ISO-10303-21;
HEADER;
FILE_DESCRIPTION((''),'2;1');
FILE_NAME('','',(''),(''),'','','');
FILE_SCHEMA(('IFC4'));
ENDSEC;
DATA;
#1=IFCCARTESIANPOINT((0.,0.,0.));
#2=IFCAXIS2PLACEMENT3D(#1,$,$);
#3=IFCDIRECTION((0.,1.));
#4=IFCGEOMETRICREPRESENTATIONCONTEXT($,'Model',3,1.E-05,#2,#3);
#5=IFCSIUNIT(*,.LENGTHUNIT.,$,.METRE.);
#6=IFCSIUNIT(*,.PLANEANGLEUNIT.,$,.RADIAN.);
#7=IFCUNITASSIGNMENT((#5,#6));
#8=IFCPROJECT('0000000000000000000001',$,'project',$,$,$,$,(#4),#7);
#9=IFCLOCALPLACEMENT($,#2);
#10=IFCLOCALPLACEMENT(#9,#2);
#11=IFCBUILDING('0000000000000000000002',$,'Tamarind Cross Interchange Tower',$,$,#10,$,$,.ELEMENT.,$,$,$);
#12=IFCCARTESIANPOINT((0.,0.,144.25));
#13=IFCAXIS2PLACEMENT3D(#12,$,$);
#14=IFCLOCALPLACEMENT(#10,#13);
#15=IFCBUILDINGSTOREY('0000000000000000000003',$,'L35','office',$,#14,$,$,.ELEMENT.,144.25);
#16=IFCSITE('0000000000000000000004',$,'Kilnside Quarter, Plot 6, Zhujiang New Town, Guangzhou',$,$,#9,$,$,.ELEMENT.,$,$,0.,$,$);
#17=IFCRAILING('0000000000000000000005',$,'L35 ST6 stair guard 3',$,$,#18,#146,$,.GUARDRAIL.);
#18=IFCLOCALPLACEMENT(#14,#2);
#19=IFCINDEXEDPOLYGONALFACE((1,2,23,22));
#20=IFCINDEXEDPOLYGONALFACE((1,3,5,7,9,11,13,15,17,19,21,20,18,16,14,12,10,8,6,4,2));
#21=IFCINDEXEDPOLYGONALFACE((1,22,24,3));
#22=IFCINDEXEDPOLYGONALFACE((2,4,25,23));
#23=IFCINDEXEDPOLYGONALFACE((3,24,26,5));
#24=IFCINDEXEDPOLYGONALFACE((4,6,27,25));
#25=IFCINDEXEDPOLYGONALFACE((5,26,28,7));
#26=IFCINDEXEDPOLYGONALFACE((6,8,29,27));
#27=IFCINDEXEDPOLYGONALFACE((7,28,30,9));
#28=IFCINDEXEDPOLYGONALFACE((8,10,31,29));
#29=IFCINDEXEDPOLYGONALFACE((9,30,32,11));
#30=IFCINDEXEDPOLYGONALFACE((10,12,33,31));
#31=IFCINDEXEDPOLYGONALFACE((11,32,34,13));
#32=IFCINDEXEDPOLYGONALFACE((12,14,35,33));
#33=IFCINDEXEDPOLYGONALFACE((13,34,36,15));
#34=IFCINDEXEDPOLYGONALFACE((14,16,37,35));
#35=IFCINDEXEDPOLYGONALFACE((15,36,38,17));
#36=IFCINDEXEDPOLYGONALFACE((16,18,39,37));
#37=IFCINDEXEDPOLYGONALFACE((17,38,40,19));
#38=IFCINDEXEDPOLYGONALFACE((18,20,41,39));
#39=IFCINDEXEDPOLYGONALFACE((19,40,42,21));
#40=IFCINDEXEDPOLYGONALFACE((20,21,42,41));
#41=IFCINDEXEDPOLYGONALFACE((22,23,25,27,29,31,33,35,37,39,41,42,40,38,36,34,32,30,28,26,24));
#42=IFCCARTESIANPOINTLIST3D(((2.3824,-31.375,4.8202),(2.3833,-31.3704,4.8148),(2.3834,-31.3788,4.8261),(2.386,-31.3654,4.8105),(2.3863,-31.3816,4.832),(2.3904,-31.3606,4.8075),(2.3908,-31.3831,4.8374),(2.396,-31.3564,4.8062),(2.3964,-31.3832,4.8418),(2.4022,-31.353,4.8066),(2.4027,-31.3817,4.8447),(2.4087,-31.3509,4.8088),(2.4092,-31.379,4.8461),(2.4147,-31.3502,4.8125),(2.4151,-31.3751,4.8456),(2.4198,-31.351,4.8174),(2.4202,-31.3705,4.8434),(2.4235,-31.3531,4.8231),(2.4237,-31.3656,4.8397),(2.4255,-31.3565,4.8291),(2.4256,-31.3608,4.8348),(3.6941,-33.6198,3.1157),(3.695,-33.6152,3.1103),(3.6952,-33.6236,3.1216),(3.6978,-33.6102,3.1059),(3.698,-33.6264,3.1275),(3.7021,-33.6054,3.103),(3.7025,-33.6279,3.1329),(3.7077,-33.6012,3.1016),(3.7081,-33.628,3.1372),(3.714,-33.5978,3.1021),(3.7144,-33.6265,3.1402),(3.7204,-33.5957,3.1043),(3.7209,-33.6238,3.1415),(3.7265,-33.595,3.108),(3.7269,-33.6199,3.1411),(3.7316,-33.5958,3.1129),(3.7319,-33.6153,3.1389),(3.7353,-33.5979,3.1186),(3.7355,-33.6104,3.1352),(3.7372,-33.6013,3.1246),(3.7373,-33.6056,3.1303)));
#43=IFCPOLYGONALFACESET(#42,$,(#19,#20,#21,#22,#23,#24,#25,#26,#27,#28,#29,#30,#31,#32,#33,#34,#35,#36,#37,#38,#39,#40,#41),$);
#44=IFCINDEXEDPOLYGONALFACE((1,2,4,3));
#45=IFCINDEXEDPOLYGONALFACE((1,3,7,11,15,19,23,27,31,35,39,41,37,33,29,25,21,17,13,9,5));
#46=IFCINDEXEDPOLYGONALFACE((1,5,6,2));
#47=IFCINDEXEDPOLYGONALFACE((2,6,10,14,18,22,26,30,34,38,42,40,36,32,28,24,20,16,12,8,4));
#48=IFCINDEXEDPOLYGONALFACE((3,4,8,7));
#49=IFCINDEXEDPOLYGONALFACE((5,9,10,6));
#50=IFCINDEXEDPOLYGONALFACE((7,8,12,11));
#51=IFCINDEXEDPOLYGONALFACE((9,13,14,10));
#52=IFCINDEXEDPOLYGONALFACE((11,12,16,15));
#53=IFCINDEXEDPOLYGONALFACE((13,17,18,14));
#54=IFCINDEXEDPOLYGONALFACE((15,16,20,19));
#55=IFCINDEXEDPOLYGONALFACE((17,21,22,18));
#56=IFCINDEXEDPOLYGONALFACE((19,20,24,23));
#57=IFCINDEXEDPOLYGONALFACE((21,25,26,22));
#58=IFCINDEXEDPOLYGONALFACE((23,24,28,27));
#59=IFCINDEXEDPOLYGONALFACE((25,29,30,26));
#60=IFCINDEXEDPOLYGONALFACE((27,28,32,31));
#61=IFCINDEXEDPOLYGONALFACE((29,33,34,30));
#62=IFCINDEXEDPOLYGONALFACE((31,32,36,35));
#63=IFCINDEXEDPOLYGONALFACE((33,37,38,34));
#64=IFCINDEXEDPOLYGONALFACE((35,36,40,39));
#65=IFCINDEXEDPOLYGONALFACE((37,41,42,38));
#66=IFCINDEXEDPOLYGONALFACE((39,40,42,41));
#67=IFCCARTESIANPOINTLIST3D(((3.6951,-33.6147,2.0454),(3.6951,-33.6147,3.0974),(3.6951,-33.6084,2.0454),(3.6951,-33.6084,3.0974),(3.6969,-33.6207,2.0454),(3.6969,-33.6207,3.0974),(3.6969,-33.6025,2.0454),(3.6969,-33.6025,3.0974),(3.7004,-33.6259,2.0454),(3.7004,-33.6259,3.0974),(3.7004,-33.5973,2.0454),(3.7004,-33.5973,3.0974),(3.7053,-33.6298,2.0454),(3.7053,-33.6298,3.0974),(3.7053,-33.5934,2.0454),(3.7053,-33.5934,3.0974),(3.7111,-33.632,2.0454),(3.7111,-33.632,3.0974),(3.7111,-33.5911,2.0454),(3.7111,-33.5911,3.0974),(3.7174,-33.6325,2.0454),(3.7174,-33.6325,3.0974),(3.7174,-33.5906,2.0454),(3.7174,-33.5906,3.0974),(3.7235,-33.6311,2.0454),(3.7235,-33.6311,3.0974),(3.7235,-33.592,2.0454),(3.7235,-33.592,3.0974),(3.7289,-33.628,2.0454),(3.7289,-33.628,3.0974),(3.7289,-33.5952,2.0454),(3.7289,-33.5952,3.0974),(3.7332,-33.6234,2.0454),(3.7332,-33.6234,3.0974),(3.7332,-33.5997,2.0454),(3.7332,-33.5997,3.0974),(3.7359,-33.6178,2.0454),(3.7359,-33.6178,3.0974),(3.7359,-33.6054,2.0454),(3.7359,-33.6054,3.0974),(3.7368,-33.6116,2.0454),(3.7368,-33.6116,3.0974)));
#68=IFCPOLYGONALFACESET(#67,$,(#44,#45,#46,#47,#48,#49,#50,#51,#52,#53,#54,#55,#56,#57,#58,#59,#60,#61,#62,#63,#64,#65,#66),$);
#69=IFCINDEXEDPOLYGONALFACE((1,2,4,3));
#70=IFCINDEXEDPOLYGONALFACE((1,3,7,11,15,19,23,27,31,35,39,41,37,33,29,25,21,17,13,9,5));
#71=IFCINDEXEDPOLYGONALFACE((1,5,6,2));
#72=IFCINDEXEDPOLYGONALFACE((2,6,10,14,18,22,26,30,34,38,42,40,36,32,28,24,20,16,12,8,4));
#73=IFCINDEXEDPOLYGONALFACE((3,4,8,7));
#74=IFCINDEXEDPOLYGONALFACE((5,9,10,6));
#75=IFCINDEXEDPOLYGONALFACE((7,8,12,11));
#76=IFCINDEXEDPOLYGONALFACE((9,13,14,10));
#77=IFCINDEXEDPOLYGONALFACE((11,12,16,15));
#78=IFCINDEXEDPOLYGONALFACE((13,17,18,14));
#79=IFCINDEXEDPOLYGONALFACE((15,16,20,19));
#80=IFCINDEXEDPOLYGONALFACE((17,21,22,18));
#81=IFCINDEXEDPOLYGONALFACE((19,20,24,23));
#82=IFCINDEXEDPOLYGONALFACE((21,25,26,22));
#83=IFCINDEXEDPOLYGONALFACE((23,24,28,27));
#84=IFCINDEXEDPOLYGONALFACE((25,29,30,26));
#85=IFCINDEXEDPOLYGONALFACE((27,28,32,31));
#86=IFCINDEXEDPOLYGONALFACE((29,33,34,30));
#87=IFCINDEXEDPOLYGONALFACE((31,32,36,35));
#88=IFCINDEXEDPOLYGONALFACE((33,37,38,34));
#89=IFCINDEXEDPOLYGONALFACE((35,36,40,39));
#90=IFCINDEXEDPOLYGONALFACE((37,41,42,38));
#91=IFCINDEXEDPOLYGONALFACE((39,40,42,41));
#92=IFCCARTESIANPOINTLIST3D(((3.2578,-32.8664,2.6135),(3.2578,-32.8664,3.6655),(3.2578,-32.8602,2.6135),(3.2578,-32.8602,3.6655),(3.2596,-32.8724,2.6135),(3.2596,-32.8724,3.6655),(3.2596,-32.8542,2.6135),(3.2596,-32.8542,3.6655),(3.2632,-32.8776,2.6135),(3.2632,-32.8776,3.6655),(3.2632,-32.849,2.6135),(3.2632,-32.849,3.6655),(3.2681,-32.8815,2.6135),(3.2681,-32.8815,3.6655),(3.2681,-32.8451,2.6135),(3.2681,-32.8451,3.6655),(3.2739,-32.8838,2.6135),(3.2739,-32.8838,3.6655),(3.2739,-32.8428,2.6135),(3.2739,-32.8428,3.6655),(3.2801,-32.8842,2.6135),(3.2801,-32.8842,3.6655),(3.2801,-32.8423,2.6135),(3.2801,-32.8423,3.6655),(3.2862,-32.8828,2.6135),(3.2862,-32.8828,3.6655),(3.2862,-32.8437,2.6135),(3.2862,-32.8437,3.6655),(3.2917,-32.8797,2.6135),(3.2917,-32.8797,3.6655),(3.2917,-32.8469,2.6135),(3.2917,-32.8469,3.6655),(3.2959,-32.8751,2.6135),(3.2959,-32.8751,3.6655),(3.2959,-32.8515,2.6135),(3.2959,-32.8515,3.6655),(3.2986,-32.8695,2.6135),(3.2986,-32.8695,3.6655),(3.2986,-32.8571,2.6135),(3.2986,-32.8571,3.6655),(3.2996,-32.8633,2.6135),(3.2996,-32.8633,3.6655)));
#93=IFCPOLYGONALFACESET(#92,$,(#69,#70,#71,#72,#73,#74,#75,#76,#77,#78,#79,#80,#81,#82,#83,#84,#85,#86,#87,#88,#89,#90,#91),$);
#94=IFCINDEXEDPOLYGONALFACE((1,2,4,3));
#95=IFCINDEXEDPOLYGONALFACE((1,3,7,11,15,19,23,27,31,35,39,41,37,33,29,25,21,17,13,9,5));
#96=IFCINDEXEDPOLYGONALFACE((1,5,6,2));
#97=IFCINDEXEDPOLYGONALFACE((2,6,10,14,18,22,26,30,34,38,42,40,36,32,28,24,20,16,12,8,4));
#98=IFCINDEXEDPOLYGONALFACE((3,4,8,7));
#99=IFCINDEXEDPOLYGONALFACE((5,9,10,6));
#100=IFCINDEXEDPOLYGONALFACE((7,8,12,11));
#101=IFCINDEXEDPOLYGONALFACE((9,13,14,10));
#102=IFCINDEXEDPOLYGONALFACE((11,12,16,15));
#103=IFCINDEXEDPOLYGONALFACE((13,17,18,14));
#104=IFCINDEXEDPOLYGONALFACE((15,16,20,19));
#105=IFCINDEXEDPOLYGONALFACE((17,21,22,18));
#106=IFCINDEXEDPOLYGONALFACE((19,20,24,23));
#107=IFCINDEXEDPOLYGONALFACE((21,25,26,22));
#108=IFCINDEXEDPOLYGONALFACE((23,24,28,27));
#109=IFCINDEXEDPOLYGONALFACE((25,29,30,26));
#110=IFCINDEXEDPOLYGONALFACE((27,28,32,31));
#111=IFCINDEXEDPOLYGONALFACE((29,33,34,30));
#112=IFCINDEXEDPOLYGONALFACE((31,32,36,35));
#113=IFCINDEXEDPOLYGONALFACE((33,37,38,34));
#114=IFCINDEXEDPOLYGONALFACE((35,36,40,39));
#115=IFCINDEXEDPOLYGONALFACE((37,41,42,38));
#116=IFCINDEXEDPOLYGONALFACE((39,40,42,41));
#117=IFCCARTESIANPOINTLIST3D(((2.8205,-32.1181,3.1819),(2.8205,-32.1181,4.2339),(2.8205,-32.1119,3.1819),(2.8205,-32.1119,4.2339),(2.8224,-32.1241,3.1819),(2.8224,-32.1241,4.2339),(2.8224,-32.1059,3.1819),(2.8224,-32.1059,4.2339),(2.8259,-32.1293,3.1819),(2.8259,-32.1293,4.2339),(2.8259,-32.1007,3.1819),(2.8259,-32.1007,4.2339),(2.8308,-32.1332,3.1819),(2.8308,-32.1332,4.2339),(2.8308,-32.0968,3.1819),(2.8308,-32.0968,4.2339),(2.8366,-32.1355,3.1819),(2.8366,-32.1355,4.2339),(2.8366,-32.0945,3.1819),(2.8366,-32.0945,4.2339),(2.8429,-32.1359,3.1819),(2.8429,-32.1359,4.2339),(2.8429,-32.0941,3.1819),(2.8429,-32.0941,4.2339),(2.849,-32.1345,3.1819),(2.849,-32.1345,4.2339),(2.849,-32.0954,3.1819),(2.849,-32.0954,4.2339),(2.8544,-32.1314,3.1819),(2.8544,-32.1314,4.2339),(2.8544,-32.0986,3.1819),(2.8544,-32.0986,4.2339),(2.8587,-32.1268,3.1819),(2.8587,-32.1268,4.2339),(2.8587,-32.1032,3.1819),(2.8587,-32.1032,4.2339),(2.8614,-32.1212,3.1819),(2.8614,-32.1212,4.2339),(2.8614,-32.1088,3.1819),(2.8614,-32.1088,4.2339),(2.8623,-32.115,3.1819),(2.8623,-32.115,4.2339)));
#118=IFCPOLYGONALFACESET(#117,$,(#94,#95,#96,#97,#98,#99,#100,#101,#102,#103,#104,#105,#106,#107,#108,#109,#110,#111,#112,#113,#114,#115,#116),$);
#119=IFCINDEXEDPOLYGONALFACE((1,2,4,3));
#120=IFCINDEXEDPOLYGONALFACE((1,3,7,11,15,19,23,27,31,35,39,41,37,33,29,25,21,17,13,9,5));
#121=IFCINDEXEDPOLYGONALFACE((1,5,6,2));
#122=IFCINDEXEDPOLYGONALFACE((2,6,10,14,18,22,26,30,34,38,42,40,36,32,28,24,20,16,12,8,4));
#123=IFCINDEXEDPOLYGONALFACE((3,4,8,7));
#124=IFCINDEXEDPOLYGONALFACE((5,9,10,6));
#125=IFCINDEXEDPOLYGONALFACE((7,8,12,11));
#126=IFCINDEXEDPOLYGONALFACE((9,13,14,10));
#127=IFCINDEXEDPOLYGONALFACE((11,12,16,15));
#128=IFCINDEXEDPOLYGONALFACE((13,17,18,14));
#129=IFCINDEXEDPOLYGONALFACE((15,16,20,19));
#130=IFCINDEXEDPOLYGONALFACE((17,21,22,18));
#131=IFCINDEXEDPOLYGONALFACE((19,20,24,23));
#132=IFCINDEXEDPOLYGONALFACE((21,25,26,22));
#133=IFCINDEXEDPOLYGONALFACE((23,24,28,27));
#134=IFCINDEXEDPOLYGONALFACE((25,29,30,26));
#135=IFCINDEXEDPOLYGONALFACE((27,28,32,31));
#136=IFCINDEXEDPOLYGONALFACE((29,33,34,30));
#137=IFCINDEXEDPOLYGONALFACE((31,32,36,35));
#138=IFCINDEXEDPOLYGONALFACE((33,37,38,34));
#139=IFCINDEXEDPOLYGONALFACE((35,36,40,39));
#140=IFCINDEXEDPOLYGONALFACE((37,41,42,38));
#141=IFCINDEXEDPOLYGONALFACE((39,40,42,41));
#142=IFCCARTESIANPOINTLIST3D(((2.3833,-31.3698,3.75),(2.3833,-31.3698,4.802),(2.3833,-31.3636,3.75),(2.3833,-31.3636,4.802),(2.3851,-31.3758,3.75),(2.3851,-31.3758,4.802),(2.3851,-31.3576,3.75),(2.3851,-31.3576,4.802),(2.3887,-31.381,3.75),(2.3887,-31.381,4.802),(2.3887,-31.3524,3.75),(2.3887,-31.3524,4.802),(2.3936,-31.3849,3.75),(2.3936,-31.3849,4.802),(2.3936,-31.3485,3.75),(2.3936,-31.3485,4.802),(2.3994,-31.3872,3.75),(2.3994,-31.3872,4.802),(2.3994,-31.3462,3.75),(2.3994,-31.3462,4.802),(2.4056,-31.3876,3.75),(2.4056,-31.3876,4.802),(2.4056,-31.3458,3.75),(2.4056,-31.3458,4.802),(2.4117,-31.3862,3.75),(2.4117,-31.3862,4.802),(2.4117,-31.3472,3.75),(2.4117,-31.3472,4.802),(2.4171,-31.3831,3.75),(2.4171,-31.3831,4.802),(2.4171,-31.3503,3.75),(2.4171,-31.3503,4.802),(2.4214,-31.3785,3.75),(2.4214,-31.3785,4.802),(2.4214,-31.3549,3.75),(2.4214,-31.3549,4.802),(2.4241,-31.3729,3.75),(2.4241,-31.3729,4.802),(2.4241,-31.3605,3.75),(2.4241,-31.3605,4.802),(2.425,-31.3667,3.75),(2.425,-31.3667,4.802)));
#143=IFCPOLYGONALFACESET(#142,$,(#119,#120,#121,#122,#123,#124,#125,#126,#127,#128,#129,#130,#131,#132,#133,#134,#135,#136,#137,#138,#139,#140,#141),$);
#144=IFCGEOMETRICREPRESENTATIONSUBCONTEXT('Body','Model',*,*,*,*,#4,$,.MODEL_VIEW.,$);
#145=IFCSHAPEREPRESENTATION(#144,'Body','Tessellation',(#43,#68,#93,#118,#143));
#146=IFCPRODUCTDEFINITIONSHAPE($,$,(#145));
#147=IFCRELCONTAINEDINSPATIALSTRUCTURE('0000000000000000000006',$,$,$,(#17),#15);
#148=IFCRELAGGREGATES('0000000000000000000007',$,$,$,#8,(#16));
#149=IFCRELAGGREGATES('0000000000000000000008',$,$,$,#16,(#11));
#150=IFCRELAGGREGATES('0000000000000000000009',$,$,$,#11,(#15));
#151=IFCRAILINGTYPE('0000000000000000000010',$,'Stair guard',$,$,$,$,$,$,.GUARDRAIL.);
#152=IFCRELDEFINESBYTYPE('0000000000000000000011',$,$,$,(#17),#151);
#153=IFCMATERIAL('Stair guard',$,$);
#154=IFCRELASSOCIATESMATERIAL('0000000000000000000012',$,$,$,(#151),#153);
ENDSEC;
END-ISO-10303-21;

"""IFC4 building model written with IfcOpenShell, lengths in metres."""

from ifc_helpers import new_model, si_unit, direction, frame, origin, origin_2d, place, context, subcontext, project, spatial, circle, extrude, material, type_object, element, save


model = new_model("IFC4")

# Units and contexts
model_context = context("Model", 3, precision=1e-05, world=origin(), true_north=direction((0.0, 1.0)))
body_context = subcontext(model_context, "Body", "Model", "MODEL_VIEW")
ifc_project = project(units=[si_unit("LENGTHUNIT", "METRE"), si_unit("PLANEANGLEUNIT", "RADIAN")], contexts=[model_context])

# Site, building, storey
site_placement = place(None, origin())
site = spatial("IfcSite", under=ifc_project, at=site_placement, Name="Kilnside Quarter, Plot 6, Zhujiang New Town, Guangzhou", CompositionType="ELEMENT", RefElevation=0.0)
building_placement = place(site_placement, origin())
building = spatial("IfcBuilding", under=site, at=building_placement, Name="Tamarind Cross Interchange Tower", CompositionType="ELEMENT")
storey_placement = place(building_placement, frame((0.0, 0.0, 144.25)))
storey = spatial("IfcBuildingStorey", under=building, at=storey_placement, Name="L35", Description="office", CompositionType="ELEMENT", Elevation=144.25)

# Railing
ifc_material_1 = material(Name="Stair guard")
railing_type_1 = type_object("IfcRailingType", Name="Stair guard", PredefinedType="GUARDRAIL", material=ifc_material_1)
railing_1_placement = place(storey_placement, frame((3.7158, -33.6116, 2.0454)))
element("IfcRailing", 1, at=railing_1_placement, inside=storey, type_object=railing_type_1, Name="L35 ST6 stair guard 3", PredefinedType="GUARDRAIL", context=body_context, shape_type="SweptSolid", body=[
    extrude(circle(Radius=0.0239, at=origin_2d()), frame((0.0, 0.0, 1.0762), z_axis=(-0.421927, 0.722059, 0.548278), x_axis=(-0.863401, -0.504519, 0.0)), (0.0, 0.0, 1.0), 3.1089),
    extrude(circle(Radius=0.021, at=origin_2d()), origin(), (0.0, 0.0, 1.0), 1.052),
    extrude(circle(Radius=0.021, at=origin_2d()), frame((-0.4373, 0.7483, 0.5681)), (0.0, 0.0, 1.0), 1.052),
    extrude(circle(Radius=0.021, at=origin_2d()), frame((-0.8745, 1.4966, 1.1365)), (0.0, 0.0, 1.0), 1.052),
    extrude(circle(Radius=0.021, at=origin_2d()), frame((-1.3118, 2.2449, 1.7046)), (0.0, 0.0, 1.0), 1.052),
])

save(model, "model.ifc")
